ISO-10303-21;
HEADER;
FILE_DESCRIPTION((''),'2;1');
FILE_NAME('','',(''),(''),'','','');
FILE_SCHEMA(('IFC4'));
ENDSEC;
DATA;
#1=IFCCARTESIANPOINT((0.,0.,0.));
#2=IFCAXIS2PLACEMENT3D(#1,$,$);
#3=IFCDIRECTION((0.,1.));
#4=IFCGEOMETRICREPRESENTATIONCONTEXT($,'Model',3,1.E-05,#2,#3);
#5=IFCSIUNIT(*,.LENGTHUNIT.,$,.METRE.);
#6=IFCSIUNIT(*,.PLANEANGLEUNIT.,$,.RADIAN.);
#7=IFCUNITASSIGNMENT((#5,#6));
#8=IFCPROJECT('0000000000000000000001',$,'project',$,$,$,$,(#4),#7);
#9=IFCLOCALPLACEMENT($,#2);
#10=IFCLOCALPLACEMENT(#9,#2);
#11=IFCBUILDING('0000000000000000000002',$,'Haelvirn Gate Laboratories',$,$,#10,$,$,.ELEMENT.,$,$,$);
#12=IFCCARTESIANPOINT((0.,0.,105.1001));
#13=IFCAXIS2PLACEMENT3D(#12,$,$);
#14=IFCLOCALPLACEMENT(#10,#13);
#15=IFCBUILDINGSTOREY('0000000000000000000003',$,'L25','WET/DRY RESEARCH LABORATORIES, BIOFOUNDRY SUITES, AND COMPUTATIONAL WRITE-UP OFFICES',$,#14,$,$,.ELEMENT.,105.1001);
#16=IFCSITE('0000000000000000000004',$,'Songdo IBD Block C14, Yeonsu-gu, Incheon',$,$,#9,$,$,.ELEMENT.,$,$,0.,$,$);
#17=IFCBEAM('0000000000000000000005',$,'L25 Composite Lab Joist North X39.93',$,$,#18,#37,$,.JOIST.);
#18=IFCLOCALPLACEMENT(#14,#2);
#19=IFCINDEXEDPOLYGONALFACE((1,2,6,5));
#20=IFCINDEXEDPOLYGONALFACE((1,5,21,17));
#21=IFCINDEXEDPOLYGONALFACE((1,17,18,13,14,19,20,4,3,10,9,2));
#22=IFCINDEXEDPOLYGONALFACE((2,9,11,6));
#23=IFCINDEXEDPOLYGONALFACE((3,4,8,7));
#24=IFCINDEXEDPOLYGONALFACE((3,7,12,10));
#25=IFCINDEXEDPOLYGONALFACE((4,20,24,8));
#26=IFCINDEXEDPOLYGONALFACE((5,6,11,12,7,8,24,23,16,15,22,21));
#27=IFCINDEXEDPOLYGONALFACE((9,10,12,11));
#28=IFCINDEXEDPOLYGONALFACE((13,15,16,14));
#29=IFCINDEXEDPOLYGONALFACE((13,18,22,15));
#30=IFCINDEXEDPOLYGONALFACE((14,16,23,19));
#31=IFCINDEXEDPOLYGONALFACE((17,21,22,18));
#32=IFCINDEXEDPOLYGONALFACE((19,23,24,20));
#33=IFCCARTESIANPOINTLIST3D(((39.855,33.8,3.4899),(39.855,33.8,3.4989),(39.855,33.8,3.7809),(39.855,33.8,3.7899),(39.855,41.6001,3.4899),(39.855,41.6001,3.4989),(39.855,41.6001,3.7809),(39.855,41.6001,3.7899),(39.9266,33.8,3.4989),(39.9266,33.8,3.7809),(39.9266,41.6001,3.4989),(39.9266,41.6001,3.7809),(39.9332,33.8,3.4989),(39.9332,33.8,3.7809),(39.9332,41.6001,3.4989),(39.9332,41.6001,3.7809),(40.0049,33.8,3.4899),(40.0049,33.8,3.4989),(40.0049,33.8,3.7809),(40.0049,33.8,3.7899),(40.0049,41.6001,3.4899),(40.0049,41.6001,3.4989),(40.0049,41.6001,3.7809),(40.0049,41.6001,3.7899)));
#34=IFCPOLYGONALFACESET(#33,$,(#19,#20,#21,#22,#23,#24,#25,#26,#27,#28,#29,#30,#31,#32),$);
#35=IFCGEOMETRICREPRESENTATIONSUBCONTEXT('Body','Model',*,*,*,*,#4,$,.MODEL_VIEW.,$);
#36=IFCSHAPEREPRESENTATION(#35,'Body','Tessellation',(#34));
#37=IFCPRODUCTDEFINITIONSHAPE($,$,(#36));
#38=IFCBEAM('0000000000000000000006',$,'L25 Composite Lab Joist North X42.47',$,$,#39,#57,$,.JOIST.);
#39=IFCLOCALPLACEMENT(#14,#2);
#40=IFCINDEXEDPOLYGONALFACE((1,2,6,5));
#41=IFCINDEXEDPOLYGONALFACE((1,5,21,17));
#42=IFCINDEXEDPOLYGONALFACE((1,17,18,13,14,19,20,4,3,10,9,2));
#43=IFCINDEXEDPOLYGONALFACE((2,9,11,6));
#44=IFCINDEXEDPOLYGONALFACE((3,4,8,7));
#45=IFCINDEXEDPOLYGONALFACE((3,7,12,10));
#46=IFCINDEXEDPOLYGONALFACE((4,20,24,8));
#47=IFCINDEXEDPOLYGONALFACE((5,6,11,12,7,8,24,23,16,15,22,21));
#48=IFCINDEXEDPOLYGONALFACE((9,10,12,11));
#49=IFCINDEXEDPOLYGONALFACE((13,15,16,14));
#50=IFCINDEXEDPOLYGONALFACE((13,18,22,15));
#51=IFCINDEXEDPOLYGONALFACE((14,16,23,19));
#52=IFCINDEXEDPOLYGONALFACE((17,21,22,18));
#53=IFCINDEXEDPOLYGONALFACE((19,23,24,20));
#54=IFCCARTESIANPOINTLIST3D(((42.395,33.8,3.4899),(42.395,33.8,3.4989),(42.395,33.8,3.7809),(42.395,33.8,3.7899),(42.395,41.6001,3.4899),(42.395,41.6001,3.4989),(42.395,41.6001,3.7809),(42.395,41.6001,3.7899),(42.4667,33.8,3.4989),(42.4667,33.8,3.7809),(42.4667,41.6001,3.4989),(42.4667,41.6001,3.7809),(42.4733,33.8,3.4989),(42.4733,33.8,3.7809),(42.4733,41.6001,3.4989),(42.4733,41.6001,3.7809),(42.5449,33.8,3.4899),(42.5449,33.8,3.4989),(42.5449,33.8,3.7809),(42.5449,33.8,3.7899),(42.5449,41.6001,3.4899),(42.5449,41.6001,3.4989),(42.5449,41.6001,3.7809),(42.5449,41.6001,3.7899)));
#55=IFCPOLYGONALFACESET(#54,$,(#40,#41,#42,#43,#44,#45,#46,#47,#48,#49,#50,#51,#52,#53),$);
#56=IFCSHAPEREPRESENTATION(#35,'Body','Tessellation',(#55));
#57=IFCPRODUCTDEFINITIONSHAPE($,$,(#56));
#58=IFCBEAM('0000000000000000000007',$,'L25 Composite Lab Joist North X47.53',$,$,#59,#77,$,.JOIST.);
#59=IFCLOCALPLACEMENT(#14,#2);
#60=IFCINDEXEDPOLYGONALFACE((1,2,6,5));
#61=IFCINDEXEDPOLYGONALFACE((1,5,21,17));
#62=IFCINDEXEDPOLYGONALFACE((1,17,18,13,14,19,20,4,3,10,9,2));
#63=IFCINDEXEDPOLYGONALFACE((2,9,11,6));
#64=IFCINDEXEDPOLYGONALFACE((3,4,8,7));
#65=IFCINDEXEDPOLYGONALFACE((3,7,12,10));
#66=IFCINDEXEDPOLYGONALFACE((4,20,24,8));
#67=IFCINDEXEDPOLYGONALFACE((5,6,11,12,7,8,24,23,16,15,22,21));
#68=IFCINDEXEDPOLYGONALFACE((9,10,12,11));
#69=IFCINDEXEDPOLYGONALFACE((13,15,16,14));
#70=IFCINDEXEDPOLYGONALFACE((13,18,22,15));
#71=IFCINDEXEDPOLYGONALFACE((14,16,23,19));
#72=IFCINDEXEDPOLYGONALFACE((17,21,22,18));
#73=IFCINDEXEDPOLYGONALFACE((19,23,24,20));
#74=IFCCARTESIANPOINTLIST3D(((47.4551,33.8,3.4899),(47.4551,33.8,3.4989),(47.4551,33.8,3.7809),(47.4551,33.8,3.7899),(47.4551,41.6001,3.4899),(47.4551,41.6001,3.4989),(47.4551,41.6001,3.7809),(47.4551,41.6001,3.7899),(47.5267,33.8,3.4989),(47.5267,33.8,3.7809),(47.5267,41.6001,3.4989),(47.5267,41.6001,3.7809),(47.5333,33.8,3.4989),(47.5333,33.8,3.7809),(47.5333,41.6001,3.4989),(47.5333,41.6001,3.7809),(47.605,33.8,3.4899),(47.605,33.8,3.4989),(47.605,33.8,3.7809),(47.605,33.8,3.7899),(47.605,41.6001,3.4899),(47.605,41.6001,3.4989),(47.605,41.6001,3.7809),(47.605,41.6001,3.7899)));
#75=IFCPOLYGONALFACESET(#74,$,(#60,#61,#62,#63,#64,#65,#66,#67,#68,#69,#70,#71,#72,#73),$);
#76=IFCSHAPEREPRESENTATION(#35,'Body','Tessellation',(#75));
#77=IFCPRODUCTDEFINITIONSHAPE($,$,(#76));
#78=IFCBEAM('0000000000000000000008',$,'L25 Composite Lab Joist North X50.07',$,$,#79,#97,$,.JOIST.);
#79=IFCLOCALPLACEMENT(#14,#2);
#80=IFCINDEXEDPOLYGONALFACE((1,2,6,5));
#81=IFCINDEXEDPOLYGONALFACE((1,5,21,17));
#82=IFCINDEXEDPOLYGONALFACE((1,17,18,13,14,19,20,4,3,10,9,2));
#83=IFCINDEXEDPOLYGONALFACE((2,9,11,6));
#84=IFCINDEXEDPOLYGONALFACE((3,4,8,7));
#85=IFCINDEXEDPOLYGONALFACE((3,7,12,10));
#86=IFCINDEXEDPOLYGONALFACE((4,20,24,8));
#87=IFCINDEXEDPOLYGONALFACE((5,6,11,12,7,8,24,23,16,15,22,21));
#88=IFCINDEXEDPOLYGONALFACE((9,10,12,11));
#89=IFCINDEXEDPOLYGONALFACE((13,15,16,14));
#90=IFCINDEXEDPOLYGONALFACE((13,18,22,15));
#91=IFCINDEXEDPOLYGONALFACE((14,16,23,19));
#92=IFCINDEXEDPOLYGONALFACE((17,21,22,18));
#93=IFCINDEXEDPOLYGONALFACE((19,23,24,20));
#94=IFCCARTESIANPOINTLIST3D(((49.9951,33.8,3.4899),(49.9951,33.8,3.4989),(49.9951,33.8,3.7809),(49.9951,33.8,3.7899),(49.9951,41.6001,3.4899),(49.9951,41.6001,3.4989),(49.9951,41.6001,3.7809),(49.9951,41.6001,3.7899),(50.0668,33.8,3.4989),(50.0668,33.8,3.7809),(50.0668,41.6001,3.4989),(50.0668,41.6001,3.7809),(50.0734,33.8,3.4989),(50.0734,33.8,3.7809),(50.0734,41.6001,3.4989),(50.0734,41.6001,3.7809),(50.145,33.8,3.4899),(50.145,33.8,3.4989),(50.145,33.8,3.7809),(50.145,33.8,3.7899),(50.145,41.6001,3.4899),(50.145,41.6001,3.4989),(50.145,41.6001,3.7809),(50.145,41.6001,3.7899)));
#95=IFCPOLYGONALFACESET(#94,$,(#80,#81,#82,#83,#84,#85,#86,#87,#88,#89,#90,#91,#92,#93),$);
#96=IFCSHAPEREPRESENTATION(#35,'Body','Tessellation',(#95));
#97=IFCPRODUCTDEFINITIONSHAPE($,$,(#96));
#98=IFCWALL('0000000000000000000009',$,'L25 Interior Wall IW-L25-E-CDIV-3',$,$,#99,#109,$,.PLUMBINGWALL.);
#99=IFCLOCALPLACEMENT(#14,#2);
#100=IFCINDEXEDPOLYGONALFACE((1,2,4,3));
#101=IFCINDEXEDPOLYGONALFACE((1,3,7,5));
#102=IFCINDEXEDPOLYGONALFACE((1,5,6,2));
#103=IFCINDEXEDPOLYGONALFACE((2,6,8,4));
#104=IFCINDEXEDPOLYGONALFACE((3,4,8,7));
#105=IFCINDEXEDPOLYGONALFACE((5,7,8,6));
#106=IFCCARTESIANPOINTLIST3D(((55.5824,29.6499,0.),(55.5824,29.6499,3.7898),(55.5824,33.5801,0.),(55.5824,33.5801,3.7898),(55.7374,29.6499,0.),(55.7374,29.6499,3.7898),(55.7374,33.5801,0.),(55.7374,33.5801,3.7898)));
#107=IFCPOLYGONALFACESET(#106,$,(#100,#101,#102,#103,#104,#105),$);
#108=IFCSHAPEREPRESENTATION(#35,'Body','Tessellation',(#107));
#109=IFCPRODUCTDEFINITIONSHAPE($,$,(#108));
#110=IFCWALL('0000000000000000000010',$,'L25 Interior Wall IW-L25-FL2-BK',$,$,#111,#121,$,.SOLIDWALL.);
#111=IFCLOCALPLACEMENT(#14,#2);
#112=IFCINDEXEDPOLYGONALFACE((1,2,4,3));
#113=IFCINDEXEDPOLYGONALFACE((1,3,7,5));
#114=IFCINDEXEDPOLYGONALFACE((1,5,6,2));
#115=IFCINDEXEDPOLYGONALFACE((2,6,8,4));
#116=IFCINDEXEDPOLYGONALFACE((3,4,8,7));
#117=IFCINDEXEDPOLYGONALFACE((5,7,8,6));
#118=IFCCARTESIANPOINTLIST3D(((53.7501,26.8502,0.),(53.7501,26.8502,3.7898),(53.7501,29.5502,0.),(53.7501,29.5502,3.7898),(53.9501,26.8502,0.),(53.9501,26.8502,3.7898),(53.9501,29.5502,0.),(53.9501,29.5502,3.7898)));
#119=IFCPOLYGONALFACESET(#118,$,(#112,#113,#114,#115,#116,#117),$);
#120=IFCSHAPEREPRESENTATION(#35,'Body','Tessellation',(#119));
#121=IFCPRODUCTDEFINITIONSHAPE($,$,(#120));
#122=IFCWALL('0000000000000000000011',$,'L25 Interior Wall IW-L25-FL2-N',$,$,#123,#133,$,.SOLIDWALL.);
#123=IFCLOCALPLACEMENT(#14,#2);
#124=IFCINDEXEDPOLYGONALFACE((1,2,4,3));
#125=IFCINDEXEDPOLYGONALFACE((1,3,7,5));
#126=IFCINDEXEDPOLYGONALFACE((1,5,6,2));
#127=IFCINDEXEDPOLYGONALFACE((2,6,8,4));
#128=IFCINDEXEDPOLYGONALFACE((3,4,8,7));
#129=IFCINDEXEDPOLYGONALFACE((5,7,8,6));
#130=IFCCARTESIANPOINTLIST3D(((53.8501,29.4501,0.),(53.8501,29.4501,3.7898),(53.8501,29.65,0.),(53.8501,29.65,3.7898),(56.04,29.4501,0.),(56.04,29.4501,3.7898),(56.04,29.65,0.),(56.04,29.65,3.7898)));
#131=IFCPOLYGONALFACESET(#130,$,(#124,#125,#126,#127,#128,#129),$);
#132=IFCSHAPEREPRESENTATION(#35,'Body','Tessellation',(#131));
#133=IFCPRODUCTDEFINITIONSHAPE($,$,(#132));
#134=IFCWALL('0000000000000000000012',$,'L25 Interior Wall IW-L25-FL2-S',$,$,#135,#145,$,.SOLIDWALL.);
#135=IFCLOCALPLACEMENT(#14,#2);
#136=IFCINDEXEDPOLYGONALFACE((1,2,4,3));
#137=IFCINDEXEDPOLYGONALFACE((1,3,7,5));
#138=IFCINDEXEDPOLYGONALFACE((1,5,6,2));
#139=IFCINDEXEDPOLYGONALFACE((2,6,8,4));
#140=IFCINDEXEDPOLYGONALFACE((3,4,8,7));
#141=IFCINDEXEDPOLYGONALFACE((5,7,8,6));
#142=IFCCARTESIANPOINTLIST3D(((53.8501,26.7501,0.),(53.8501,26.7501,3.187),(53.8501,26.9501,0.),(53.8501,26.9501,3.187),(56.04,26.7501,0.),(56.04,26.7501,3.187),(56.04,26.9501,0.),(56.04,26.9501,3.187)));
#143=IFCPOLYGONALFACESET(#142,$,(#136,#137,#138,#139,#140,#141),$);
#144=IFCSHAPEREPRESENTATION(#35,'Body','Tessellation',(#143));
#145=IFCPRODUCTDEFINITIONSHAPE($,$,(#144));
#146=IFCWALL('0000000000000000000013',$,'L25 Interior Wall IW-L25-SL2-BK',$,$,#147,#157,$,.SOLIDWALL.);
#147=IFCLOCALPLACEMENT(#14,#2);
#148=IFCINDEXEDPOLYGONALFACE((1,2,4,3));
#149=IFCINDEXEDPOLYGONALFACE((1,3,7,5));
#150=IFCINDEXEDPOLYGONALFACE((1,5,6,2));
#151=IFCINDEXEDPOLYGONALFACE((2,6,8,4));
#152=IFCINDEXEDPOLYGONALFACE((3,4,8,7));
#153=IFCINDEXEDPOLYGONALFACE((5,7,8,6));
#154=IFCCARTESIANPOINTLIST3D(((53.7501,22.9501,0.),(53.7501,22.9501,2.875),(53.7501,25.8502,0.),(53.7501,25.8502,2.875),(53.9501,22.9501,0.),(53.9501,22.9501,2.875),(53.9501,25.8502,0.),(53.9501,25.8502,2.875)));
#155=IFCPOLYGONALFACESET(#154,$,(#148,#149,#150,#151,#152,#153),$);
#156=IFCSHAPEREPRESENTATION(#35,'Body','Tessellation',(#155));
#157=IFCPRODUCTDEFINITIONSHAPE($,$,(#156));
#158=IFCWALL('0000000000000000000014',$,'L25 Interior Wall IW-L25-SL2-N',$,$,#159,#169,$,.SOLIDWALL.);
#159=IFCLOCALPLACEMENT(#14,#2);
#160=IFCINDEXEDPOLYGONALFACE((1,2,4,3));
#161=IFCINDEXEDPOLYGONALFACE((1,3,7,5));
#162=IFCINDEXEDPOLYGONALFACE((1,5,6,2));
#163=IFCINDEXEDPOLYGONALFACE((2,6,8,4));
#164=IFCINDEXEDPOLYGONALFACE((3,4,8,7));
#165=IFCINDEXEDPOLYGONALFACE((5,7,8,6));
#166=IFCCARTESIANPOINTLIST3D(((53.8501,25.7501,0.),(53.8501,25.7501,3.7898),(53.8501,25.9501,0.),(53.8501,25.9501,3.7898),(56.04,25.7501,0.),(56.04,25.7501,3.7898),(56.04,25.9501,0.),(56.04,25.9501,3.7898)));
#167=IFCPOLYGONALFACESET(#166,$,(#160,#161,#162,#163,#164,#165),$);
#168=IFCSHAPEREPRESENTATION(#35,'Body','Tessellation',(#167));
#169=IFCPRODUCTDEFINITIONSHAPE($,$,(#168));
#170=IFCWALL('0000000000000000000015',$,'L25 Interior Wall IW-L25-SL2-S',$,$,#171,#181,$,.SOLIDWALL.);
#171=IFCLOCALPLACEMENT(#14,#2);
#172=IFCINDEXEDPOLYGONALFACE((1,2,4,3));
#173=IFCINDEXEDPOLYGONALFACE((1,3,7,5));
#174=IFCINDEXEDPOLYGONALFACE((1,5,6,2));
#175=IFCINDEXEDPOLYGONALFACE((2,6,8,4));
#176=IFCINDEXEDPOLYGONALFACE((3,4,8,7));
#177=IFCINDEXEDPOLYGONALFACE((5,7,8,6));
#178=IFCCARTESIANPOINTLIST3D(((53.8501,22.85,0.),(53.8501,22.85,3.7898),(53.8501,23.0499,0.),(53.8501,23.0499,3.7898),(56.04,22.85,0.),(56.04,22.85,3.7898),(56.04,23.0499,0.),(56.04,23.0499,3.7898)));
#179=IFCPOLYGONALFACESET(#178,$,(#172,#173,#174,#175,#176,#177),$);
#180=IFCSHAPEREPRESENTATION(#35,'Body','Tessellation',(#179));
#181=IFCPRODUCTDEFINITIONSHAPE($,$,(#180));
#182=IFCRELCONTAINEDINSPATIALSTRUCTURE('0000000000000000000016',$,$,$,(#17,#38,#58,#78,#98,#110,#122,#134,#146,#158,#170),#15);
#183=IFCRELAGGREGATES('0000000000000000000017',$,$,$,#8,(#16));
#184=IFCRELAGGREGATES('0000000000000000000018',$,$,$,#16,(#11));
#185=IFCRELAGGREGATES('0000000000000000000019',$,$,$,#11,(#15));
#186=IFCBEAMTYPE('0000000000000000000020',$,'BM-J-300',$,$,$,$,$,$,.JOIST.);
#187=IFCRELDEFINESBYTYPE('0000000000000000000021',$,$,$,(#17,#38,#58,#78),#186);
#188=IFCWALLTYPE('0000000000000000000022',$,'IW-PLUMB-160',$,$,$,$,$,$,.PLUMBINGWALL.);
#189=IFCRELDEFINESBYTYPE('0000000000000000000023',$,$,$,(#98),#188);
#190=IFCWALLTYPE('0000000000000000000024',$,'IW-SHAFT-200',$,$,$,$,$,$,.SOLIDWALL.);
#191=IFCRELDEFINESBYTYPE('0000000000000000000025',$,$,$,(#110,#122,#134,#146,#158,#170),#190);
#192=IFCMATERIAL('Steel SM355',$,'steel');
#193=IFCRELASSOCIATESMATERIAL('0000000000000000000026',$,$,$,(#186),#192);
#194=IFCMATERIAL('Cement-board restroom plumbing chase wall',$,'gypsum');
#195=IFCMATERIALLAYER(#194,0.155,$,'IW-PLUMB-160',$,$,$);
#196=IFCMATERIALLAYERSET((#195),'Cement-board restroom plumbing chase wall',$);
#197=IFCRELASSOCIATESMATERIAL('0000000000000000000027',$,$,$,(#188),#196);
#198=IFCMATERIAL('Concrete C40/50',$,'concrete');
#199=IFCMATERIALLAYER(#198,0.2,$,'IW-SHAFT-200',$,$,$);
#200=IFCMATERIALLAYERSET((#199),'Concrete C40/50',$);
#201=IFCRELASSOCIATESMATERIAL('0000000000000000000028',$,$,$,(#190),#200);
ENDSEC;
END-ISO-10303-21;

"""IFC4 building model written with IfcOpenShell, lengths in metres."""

from ifc_helpers import new_model, si_unit, direction, frame, frame_2d, origin, origin_2d, place, context, subcontext, project, spatial, rectangle, i_section, extrude, source, transform, mapped, material, layer, layer_set, material_profile, profile_set, type_object, type_shapes, element, save


model = new_model("IFC4")

# Units and contexts
model_context = context("Model", 3, precision=1e-05, world=origin(), true_north=direction((0.0, 1.0)))
body_context = subcontext(model_context, "Body", "Model", "MODEL_VIEW")
ifc_project = project(units=[si_unit("LENGTHUNIT", "METRE"), si_unit("PLANEANGLEUNIT", "RADIAN")], contexts=[model_context])

# Site, building, storey
site_placement = place(None, origin())
site = spatial("IfcSite", under=ifc_project, at=site_placement, Name="Songdo IBD Block C14, Yeonsu-gu, Incheon", CompositionType="ELEMENT", RefElevation=0.0)
building_placement = place(site_placement, origin())
building = spatial("IfcBuilding", under=site, at=building_placement, Name="Haelvirn Gate Laboratories", CompositionType="ELEMENT")
storey_placement = place(building_placement, frame((0.0, 0.0, 105.1001)))
storey = spatial("IfcBuildingStorey", under=building, at=storey_placement, Name="L25", Description="WET/DRY RESEARCH LABORATORIES, BIOFOUNDRY SUITES, AND COMPUTATIONAL WRITE-UP OFFICES", CompositionType="ELEMENT", Elevation=105.1001)

# Shared definitions
ifc_material_1 = material(Name="Steel SM355", Category="steel")

# Beams
ifc_material_profile_1 = material_profile(ifc_material_1, i_section(OverallWidth=0.1499, OverallDepth=0.3, WebThickness=0.0066, FlangeThickness=0.009, at=origin_2d()), Name="H-300x150x6.5x9")
ifc_profile_set_1 = profile_set([ifc_material_profile_1], Name="Steel SM355")
beam_type_1 = type_object("IfcBeamType", Name="BM-J-300", PredefinedType="JOIST", material=ifc_profile_set_1)
shared_shape_1 = source(origin(), body_context, "Body", "SweptSolid", [
    extrude(i_section(OverallWidth=0.1499, OverallDepth=0.3, WebThickness=0.0066, FlangeThickness=0.009, at=origin_2d()), origin(), (0.0, 0.0, 1.0), 7.8),
])
type_shapes(beam_type_1, [shared_shape_1])
for number, where, z_axis, x_axis, name in (
    (1, (39.9299, 33.8, 3.6399), (0.0, 1.0, 0.0), (-1.0, 0.0, 0.0), "L25 Composite Lab Joist North X39.93"),
    (2, (42.47, 33.8, 3.6399), (0.0, 1.0, 0.0), (-1.0, 0.0, 0.0), "L25 Composite Lab Joist North X42.47"),
    (3, (47.53, 33.8, 3.6399), (0.0, 1.0, 0.0), (-1.0, 0.0, 0.0), "L25 Composite Lab Joist North X47.53"),
    (4, (50.0701, 33.8, 3.6399), (0.0, 1.0, 0.0), (-1.0, 0.0, 0.0), "L25 Composite Lab Joist North X50.07"),
):
    element("IfcBeam", number, at=place(storey_placement, frame(where, z_axis=z_axis, x_axis=x_axis)), inside=storey, type_object=beam_type_1, Name=name, PredefinedType="JOIST", context=body_context, shape_type="MappedRepresentation", body=[
        mapped(shared_shape_1, transform((0.0, 0.0, 0.0), scale=1.0)),
    ])

# Walls
ifc_material_2 = material(Name="Cement-board restroom plumbing chase wall", Category="gypsum")
ifc_layer_1 = layer(ifc_material_2, 0.155, Name="IW-PLUMB-160")
ifc_layer_set_1 = layer_set([ifc_layer_1], Name="Cement-board restroom plumbing chase wall")
wall_type_1 = type_object("IfcWallType", Name="IW-PLUMB-160", PredefinedType="PLUMBINGWALL", material=ifc_layer_set_1)
wall_1_placement = place(storey_placement, frame((55.6599, 29.6499, 0.0), z_axis=(0.0, 0.0, 1.0), x_axis=(0.0, 1.0, 0.0)))
element("IfcWall", 5, at=wall_1_placement, inside=storey, type_object=wall_type_1, Name="L25 Interior Wall IW-L25-E-CDIV-3", PredefinedType="PLUMBINGWALL", context=body_context, shape_type="SweptSolid", body=[
    extrude(rectangle(XDim=3.9302, YDim=0.155, at=frame_2d((1.9651, 0.0))), origin(), (0.0, 0.0, 1.0), 3.7898),
])
ifc_material_3 = material(Name="Concrete C40/50", Category="concrete")
ifc_layer_2 = layer(ifc_material_3, 0.2, Name="IW-SHAFT-200")
ifc_layer_set_2 = layer_set([ifc_layer_2], Name="Concrete C40/50")
wall_type_2 = type_object("IfcWallType", Name="IW-SHAFT-200", PredefinedType="SOLIDWALL", material=ifc_layer_set_2)
wall_2_placement = place(storey_placement, frame((53.8501, 26.8501, 0.0), z_axis=(0.0, 0.0, 1.0), x_axis=(0.0, 1.0, 0.0)))
element("IfcWall", 6, at=wall_2_placement, inside=storey, type_object=wall_type_2, Name="L25 Interior Wall IW-L25-FL2-BK", PredefinedType="SOLIDWALL", context=body_context, shape_type="SweptSolid", body=[
    extrude(rectangle(XDim=2.7, YDim=0.2, at=frame_2d((1.3501, 0.0))), origin(), (0.0, 0.0, 1.0), 3.7898),
])
wall_3_placement = place(storey_placement, frame((53.8501, 29.55, 0.0), z_axis=(0.0, 0.0, 1.0), x_axis=(1.0, 0.0, 0.0)))
element("IfcWall", 7, at=wall_3_placement, inside=storey, type_object=wall_type_2, Name="L25 Interior Wall IW-L25-FL2-N", PredefinedType="SOLIDWALL", context=body_context, shape_type="SweptSolid", body=[
    extrude(rectangle(XDim=2.1899, YDim=0.2, at=frame_2d((1.095, 0.0))), origin(), (0.0, 0.0, 1.0), 3.7898),
])
wall_4_placement = place(storey_placement, frame((53.8501, 26.8501, 0.0), z_axis=(0.0, 0.0, 1.0), x_axis=(1.0, 0.0, 0.0)))
element("IfcWall", 8, at=wall_4_placement, inside=storey, type_object=wall_type_2, Name="L25 Interior Wall IW-L25-FL2-S", PredefinedType="SOLIDWALL", context=body_context, shape_type="SweptSolid", body=[
    extrude(rectangle(XDim=2.1899, YDim=0.2, at=frame_2d((1.095, 0.0))), origin(), (0.0, 0.0, 1.0), 3.187),
])
wall_5_placement = place(storey_placement, frame((53.8501, 22.95, 0.0), z_axis=(0.0, 0.0, 1.0), x_axis=(0.0, 1.0, 0.0)))
element("IfcWall", 9, at=wall_5_placement, inside=storey, type_object=wall_type_2, Name="L25 Interior Wall IW-L25-SL2-BK", PredefinedType="SOLIDWALL", context=body_context, shape_type="SweptSolid", body=[
    extrude(rectangle(XDim=2.9001, YDim=0.2, at=frame_2d((1.4502, 0.0))), origin(), (0.0, 0.0, 1.0), 2.875),
])
for number, where, z_axis, x_axis, name in (
    (10, (53.8501, 25.8501, 0.0), (0.0, 0.0, 1.0), (1.0, 0.0, 0.0), "L25 Interior Wall IW-L25-SL2-N"),
    (11, (53.8501, 22.95, 0.0), (0.0, 0.0, 1.0), (1.0, 0.0, 0.0), "L25 Interior Wall IW-L25-SL2-S"),
):
    element("IfcWall", number, at=place(storey_placement, frame(where, z_axis=z_axis, x_axis=x_axis)), inside=storey, type_object=wall_type_2, Name=name, PredefinedType="SOLIDWALL", context=body_context, shape_type="SweptSolid", body=[
        extrude(rectangle(XDim=2.1899, YDim=0.2, at=frame_2d((1.095, 0.0))), origin(), (0.0, 0.0, 1.0), 3.7898),
    ])

save(model, "model.ifc")
